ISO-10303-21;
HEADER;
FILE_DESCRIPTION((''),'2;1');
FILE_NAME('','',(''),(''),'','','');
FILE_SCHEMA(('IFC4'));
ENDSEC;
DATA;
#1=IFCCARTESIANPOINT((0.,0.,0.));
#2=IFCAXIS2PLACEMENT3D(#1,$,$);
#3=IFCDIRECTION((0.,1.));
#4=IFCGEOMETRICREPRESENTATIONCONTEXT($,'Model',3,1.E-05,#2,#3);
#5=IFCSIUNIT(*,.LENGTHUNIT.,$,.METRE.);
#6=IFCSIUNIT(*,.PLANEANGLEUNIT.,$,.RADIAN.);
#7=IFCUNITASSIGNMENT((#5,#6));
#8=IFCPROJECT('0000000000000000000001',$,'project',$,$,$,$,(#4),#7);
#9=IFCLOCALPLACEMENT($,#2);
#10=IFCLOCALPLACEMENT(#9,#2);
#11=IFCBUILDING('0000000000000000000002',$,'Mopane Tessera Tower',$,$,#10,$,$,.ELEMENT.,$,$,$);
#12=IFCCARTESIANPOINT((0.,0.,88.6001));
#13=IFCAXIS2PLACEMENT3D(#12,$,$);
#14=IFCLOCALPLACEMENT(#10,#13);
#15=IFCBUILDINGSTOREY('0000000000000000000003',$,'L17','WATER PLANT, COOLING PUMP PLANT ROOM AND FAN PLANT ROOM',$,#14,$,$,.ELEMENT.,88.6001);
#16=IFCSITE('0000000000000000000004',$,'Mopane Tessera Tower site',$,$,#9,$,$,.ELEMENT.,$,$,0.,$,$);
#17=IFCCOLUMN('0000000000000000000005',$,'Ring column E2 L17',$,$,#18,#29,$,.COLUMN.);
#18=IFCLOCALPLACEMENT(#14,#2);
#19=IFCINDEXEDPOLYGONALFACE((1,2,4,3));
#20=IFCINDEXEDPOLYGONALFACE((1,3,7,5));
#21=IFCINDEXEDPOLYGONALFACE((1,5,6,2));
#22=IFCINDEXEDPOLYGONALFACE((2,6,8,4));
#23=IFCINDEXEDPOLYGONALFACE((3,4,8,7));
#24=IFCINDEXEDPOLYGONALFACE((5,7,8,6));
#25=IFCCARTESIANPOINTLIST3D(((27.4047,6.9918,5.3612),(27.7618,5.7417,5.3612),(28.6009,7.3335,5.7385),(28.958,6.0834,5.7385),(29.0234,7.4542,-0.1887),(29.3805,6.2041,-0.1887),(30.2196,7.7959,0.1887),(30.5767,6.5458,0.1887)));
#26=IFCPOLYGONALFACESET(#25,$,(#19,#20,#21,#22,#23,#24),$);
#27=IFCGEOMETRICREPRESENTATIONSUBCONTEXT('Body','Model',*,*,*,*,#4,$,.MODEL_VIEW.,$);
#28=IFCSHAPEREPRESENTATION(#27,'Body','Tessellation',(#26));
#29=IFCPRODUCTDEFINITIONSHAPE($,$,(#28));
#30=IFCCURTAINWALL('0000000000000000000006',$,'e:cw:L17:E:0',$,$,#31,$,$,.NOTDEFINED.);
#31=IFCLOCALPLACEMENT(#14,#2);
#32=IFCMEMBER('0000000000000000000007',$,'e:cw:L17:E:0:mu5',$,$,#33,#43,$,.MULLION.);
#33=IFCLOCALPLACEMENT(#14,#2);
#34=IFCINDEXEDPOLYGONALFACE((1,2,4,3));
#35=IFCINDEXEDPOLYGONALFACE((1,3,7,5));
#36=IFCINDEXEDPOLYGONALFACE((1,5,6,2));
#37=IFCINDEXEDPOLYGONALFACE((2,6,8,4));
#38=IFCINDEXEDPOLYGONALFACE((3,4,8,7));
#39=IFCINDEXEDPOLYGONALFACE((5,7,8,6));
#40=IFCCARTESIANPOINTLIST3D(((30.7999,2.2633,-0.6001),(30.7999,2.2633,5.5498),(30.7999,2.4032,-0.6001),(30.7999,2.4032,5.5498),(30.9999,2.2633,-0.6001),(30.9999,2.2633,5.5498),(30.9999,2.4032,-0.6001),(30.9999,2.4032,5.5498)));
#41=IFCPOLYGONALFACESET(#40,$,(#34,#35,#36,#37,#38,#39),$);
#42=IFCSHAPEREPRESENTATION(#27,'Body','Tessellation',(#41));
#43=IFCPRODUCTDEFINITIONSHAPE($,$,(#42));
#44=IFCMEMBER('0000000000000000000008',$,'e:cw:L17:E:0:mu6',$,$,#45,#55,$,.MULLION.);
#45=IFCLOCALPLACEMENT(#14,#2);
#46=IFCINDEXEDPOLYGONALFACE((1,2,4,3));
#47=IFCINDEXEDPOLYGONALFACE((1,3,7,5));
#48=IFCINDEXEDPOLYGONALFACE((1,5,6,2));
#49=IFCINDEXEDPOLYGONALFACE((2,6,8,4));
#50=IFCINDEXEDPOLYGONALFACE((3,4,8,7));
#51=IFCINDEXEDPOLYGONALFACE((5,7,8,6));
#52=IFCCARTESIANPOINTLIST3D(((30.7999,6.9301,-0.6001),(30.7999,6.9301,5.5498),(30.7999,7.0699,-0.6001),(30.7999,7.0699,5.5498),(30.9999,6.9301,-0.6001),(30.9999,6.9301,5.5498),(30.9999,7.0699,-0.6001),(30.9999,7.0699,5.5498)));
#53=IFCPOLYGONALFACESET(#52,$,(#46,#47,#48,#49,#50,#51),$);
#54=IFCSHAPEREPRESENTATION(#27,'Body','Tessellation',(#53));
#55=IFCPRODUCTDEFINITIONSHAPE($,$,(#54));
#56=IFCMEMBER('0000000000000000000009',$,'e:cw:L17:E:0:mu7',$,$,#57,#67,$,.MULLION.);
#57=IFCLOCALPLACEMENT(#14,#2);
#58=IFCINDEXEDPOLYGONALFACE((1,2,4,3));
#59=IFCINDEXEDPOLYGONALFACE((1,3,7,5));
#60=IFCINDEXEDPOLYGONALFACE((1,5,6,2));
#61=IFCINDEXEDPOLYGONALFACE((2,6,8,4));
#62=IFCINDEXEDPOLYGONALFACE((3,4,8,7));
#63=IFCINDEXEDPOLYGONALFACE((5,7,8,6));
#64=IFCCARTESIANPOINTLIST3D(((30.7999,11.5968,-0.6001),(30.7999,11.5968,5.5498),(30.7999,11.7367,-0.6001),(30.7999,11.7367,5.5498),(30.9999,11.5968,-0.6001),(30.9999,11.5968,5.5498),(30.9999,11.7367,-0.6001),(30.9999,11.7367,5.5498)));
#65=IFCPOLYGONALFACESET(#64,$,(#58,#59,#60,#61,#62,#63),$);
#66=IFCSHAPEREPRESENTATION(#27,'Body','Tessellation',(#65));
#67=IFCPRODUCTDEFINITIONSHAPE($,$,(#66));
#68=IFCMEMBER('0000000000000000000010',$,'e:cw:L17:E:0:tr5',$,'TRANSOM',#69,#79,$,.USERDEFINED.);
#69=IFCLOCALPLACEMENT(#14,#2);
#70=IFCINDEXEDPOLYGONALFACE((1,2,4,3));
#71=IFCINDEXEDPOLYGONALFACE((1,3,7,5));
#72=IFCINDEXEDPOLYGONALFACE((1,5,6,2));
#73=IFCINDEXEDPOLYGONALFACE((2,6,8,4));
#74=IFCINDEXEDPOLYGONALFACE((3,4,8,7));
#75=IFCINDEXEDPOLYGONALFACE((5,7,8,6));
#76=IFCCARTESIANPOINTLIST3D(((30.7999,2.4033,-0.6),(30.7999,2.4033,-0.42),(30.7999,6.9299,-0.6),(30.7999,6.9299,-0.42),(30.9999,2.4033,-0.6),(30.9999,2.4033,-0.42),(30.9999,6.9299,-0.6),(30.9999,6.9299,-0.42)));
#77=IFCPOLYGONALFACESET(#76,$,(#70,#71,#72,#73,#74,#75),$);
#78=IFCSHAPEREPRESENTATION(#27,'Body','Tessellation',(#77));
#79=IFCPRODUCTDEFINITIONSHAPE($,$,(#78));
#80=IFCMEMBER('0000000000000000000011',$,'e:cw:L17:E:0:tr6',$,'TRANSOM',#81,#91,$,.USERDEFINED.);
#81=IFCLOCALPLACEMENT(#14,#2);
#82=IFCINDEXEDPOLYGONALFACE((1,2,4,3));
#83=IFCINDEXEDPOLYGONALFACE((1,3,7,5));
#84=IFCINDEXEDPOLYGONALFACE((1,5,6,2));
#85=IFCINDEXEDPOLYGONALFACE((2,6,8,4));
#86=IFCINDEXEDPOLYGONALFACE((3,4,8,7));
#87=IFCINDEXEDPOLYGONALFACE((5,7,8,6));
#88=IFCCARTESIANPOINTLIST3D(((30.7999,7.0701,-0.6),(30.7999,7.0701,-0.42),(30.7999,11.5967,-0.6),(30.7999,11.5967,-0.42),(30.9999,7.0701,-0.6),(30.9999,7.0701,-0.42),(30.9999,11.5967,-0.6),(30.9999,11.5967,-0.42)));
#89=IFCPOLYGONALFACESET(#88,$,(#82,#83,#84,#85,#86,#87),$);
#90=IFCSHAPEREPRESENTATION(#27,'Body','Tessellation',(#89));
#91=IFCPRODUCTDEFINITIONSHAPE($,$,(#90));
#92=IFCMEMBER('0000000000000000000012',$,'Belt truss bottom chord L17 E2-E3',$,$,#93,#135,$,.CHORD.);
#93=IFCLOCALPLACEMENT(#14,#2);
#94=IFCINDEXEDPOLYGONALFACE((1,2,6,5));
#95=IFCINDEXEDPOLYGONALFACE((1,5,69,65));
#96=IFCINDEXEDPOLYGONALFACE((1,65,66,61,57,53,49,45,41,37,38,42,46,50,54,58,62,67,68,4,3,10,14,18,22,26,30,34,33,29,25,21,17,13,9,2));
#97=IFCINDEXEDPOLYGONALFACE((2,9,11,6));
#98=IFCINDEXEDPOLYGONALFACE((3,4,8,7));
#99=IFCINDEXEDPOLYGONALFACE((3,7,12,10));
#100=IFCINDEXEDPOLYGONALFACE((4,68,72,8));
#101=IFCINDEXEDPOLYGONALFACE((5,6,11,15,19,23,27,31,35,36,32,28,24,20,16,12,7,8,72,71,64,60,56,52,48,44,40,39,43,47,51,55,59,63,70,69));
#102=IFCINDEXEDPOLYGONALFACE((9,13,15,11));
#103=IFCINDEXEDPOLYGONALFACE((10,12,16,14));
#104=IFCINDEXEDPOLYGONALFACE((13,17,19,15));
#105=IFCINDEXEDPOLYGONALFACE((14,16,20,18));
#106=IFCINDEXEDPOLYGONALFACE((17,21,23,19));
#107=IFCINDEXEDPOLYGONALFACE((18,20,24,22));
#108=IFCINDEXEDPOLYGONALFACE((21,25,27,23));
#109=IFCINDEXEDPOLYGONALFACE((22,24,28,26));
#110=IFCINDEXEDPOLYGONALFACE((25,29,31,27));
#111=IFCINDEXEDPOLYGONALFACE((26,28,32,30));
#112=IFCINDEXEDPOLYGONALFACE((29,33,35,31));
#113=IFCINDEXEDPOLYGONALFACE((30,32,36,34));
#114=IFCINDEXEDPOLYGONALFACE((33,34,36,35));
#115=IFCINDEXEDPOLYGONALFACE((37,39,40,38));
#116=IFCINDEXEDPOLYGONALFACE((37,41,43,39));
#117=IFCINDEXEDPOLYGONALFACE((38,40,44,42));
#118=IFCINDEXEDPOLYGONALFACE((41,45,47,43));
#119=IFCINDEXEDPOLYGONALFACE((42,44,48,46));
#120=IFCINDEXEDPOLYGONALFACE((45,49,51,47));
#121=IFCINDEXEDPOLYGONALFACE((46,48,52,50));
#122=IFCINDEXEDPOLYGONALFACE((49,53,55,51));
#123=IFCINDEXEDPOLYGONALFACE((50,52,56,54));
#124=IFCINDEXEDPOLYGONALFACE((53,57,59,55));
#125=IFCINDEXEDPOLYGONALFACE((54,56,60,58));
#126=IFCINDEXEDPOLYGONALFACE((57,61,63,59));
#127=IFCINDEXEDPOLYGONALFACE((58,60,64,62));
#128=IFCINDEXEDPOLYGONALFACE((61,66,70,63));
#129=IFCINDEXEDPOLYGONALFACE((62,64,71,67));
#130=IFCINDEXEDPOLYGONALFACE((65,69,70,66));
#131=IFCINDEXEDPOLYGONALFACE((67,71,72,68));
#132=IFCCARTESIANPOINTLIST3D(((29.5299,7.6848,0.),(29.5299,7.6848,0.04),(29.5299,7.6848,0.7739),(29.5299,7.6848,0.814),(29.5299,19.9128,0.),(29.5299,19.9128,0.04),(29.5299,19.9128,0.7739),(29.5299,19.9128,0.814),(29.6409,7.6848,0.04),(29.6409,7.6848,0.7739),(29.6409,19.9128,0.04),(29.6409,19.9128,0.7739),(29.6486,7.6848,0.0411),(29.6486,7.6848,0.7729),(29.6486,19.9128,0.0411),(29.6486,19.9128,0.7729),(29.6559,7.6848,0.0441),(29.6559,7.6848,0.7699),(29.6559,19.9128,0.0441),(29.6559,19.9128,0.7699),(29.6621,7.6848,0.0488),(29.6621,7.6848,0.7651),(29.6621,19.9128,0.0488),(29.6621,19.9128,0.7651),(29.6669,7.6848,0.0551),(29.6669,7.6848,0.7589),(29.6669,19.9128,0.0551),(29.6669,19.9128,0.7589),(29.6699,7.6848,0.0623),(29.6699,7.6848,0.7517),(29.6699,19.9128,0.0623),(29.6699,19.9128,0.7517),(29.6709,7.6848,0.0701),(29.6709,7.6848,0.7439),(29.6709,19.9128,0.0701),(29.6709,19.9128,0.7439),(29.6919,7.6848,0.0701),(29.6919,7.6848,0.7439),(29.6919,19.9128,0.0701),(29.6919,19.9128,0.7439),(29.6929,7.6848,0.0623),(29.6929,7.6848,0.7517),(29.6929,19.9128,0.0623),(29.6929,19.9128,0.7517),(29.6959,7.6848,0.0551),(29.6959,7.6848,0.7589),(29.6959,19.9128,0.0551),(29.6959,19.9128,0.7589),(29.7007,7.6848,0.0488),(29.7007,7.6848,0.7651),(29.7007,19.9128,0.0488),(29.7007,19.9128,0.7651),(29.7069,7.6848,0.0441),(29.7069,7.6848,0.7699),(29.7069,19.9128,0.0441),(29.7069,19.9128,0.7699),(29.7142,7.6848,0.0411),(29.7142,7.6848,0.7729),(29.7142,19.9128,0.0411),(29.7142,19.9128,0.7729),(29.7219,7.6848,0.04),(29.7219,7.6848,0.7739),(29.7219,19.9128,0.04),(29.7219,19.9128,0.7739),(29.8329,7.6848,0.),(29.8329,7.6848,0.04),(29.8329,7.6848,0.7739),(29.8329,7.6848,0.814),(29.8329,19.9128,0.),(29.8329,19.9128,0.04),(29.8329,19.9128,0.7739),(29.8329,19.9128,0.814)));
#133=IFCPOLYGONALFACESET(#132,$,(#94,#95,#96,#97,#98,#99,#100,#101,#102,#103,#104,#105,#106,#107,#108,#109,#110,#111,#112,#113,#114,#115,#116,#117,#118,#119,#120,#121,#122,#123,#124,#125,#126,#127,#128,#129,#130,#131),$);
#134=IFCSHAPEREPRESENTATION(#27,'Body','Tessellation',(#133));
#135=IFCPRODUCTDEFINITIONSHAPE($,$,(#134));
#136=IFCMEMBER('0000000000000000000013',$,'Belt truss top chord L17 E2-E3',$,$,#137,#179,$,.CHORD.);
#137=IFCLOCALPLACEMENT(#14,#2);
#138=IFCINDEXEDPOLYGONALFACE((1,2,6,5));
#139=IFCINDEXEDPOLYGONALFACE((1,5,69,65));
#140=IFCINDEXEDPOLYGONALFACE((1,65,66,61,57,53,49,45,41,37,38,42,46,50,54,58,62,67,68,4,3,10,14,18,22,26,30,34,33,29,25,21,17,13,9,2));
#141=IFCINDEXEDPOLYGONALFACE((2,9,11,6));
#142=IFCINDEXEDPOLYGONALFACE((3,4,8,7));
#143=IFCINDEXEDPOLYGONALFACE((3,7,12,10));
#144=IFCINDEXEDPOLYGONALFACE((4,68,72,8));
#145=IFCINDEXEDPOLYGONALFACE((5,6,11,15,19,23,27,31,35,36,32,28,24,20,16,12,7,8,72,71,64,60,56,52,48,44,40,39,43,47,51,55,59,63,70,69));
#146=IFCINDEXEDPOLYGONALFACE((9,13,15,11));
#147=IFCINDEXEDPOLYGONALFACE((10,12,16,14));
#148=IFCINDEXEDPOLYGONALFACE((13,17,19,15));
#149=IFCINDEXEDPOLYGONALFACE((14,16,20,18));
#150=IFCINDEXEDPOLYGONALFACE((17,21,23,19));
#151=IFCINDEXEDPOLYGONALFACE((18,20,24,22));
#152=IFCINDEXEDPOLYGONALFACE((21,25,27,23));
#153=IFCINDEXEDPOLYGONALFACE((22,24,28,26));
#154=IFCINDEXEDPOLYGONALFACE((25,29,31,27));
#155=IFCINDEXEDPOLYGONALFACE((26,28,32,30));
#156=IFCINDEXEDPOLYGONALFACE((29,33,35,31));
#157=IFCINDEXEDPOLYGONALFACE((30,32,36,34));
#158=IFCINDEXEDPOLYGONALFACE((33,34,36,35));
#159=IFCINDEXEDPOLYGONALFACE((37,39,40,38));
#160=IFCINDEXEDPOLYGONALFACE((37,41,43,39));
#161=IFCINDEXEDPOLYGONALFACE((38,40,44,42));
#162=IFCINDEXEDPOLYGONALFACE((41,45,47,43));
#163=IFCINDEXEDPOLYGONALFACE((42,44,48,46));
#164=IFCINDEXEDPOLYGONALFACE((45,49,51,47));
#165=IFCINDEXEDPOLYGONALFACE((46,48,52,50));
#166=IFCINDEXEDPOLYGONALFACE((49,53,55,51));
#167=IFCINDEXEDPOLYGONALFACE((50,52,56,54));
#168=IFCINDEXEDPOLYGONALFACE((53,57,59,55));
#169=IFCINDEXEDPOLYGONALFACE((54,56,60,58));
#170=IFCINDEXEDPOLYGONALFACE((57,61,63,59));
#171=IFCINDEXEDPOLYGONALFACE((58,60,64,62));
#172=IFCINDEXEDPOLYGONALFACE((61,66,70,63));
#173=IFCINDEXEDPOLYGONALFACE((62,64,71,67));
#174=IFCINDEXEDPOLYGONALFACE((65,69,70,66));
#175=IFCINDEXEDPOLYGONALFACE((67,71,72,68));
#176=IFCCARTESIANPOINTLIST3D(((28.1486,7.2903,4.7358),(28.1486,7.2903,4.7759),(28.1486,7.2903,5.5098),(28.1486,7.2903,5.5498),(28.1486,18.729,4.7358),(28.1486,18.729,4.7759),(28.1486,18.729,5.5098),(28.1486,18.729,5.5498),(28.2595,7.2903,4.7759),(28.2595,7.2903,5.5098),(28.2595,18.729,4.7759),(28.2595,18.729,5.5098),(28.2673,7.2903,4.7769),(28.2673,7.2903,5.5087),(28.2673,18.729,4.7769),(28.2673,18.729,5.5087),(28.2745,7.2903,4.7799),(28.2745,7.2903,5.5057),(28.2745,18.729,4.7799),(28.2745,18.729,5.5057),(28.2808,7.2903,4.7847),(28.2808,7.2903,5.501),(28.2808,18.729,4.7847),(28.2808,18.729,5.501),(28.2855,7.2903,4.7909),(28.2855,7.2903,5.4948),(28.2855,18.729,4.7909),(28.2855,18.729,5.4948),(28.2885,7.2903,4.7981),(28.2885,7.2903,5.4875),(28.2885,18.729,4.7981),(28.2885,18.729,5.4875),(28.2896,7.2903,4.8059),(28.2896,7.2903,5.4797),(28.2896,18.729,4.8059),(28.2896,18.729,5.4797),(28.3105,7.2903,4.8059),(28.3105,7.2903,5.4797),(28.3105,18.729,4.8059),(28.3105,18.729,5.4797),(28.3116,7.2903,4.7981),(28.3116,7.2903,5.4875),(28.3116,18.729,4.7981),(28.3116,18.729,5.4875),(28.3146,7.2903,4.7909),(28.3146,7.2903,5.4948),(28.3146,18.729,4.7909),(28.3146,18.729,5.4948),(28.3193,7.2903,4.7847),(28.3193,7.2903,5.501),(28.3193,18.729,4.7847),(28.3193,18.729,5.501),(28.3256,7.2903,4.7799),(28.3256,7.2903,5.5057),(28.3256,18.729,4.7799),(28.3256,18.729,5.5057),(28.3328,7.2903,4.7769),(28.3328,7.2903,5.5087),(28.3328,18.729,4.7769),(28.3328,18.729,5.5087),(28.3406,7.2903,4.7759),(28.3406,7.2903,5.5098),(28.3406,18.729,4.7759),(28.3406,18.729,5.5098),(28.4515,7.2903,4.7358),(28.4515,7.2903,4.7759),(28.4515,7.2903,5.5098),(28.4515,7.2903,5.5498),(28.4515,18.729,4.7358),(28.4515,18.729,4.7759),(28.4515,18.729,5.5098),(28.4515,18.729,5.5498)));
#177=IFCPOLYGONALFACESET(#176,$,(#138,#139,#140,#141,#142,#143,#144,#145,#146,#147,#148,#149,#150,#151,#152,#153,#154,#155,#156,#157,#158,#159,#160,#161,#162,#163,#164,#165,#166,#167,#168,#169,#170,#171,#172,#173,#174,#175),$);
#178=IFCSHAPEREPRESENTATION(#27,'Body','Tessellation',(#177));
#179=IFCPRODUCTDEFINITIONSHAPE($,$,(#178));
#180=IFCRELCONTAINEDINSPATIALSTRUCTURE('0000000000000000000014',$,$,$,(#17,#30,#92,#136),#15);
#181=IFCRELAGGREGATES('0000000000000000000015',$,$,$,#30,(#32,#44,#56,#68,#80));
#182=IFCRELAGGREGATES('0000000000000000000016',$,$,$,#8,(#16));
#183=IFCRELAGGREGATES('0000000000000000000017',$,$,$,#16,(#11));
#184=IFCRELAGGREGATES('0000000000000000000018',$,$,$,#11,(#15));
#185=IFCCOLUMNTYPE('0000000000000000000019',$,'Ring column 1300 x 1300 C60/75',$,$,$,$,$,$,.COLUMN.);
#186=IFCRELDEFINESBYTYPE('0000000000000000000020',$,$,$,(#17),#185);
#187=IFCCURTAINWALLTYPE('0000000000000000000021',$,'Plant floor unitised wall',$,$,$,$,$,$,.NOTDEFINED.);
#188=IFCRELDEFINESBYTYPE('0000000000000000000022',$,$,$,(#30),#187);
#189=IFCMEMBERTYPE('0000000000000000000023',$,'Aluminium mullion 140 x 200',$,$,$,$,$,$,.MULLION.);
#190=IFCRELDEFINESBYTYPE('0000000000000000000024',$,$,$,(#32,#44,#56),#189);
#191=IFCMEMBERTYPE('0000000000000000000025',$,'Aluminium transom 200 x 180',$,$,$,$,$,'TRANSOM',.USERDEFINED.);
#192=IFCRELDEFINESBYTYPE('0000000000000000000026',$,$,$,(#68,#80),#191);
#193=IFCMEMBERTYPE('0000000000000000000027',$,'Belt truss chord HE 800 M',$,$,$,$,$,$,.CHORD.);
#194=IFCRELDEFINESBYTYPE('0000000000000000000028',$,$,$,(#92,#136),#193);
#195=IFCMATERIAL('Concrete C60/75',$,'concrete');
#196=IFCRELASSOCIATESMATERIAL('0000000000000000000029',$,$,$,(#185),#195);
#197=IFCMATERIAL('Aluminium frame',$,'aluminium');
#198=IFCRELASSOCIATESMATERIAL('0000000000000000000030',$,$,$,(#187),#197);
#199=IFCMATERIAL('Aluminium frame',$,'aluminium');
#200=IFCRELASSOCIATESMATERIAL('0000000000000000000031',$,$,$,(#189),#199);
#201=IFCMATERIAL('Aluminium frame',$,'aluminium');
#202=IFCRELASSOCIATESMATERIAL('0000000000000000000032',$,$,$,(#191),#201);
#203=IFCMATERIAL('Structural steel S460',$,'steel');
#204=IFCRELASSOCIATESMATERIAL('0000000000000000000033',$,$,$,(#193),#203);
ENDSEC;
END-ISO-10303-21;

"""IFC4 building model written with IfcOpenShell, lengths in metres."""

from ifc_helpers import new_model, si_unit, direction, frame, origin, origin_2d, place, context, subcontext, project, spatial, rectangle, i_section, extrude, material, material_profile, profile_set, type_object, element, aggregate, save


model = new_model("IFC4")

# Units and contexts
model_context = context("Model", 3, precision=1e-05, world=origin(), true_north=direction((0.0, 1.0)))
body_context = subcontext(model_context, "Body", "Model", "MODEL_VIEW")
ifc_project = project(units=[si_unit("LENGTHUNIT", "METRE"), si_unit("PLANEANGLEUNIT", "RADIAN")], contexts=[model_context])

# Site, building, storey
site_placement = place(None, origin())
site = spatial("IfcSite", under=ifc_project, at=site_placement, Name="Mopane Tessera Tower site", CompositionType="ELEMENT", RefElevation=0.0)
building_placement = place(site_placement, origin())
building = spatial("IfcBuilding", under=site, at=building_placement, Name="Mopane Tessera Tower", CompositionType="ELEMENT")
storey_placement = place(building_placement, frame((0.0, 0.0, 88.6001)))
storey = spatial("IfcBuildingStorey", under=building, at=storey_placement, Name="L17", Description="WATER PLANT, COOLING PUMP PLANT ROOM AND FAN PLANT ROOM", CompositionType="ELEMENT", Elevation=88.6001)

# Column
ifc_material_1 = material(Name="Concrete C60/75", Category="concrete")
ifc_material_profile_1 = material_profile(ifc_material_1, rectangle(XDim=1.3, YDim=1.3, at=origin_2d()))
ifc_profile_set_1 = profile_set([ifc_material_profile_1], Name="Concrete C60/75")
column_type = type_object("IfcColumnType", Name="Ring column 1300 x 1300 C60/75", PredefinedType="COLUMN", material=ifc_profile_set_1)
column_placement = place(storey_placement, frame((29.8, 7.0, 0.0), z_axis=(-0.279102, -0.079731, 0.956946), x_axis=(0.274683, -0.961535, 0.0)))
element("IfcColumn", 1, at=column_placement, inside=storey, type_object=column_type, Name="Ring column E2 L17", PredefinedType="COLUMN", context=body_context, shape_type="SweptSolid", body=[
    extrude(rectangle(XDim=1.3, YDim=1.3, at=origin_2d()), origin(), (0.0, 0.0, 1.0), 5.7996),
])

# Curtain wall, members
ifc_material_2 = material(Name="Aluminium frame", Category="aluminium")
curtain_wall_type = type_object("IfcCurtainWallType", Name="Plant floor unitised wall", PredefinedType="NOTDEFINED", material=ifc_material_2)
curtain_wall_placement = place(storey_placement, origin())
curtain_wall = element("IfcCurtainWall", 2, at=curtain_wall_placement, inside=storey, type_object=curtain_wall_type, Name="e:cw:L17:E:0", PredefinedType="NOTDEFINED")
ifc_material_3 = material(Name="Aluminium frame", Category="aluminium")
ifc_material_profile_2 = material_profile(ifc_material_3, rectangle(XDim=0.1399, YDim=0.2, at=origin_2d()))
ifc_profile_set_2 = profile_set([ifc_material_profile_2], Name="Aluminium frame")
member_type_1 = type_object("IfcMemberType", Name="Aluminium mullion 140 x 200", PredefinedType="MULLION", material=ifc_profile_set_2)
member_1_placement = place(storey_placement, frame((30.8999, 2.3333, -0.6001), z_axis=(0.0, 0.0, 1.0), x_axis=(0.0, 1.0, 0.0)))
member_1 = element("IfcMember", 3, at=member_1_placement, type_object=member_type_1, Name="e:cw:L17:E:0:mu5", PredefinedType="MULLION", context=body_context, shape_type="SweptSolid", body=[
    extrude(rectangle(XDim=0.1399, YDim=0.2, at=origin_2d()), origin(), (0.0, 0.0, 1.0), 6.1499),
])
member_2_placement = place(storey_placement, frame((30.8999, 7.0, -0.6001), z_axis=(0.0, 0.0, 1.0), x_axis=(0.0, 1.0, 0.0)))
member_2 = element("IfcMember", 4, at=member_2_placement, type_object=member_type_1, Name="e:cw:L17:E:0:mu6", PredefinedType="MULLION", context=body_context, shape_type="SweptSolid", body=[
    extrude(rectangle(XDim=0.1399, YDim=0.2, at=origin_2d()), origin(), (0.0, 0.0, 1.0), 6.1499),
])
member_3_placement = place(storey_placement, frame((30.8999, 11.6667, -0.6001), z_axis=(0.0, 0.0, 1.0), x_axis=(0.0, 1.0, 0.0)))
member_3 = element("IfcMember", 5, at=member_3_placement, type_object=member_type_1, Name="e:cw:L17:E:0:mu7", PredefinedType="MULLION", context=body_context, shape_type="SweptSolid", body=[
    extrude(rectangle(XDim=0.1399, YDim=0.2, at=origin_2d()), origin(), (0.0, 0.0, 1.0), 6.1499),
])
ifc_material_4 = material(Name="Aluminium frame", Category="aluminium")
ifc_material_profile_3 = material_profile(ifc_material_4, rectangle(XDim=0.2, YDim=0.1799, at=origin_2d()))
ifc_profile_set_3 = profile_set([ifc_material_profile_3], Name="Aluminium frame")
member_type_2 = type_object("IfcMemberType", Name="Aluminium transom 200 x 180", ElementType="TRANSOM", PredefinedType="USERDEFINED", material=ifc_profile_set_3)
member_4_placement = place(storey_placement, frame((30.8999, 2.4033, -0.51), z_axis=(0.0, 1.0, 0.0), x_axis=(-1.0, 0.0, 0.0)))
member_4 = element("IfcMember", 6, at=member_4_placement, type_object=member_type_2, Name="e:cw:L17:E:0:tr5", ObjectType="TRANSOM", PredefinedType="USERDEFINED", context=body_context, shape_type="SweptSolid", body=[
    extrude(rectangle(XDim=0.2, YDim=0.1799, at=origin_2d()), origin(), (0.0, 0.0, 1.0), 4.5266),
])
member_5_placement = place(storey_placement, frame((30.8999, 7.0701, -0.51), z_axis=(0.0, 1.0, 0.0), x_axis=(-1.0, 0.0, 0.0)))
member_5 = element("IfcMember", 7, at=member_5_placement, type_object=member_type_2, Name="e:cw:L17:E:0:tr6", ObjectType="TRANSOM", PredefinedType="USERDEFINED", context=body_context, shape_type="SweptSolid", body=[
    extrude(rectangle(XDim=0.2, YDim=0.1799, at=origin_2d()), origin(), (0.0, 0.0, 1.0), 4.5266),
])

# Members
ifc_material_5 = material(Name="Structural steel S460", Category="steel")
ifc_material_profile_4 = material_profile(ifc_material_5, i_section(OverallWidth=0.303, OverallDepth=0.814, WebThickness=0.021, FlangeThickness=0.04, FilletRadius=0.03, at=origin_2d()))
ifc_profile_set_4 = profile_set([ifc_material_profile_4], Name="Structural steel S460")
member_type_3 = type_object("IfcMemberType", Name="Belt truss chord HE 800 M", PredefinedType="CHORD", material=ifc_profile_set_4)
member_6_placement = place(storey_placement, frame((29.6814, 7.6848, 0.407), z_axis=(0.0, 1.0, 0.0), x_axis=(-1.0, 0.0, 0.0)))
element("IfcMember", 8, at=member_6_placement, inside=storey, type_object=member_type_3, Name="Belt truss bottom chord L17 E2-E3", PredefinedType="CHORD", context=body_context, shape_type="SweptSolid", body=[
    extrude(i_section(OverallWidth=0.303, OverallDepth=0.814, WebThickness=0.021, FlangeThickness=0.04, FilletRadius=0.03, at=origin_2d()), origin(), (0.0, 0.0, 1.0), 12.228),
])
member_7_placement = place(storey_placement, frame((28.3, 7.2903, 5.1428), z_axis=(0.0, 1.0, 0.0), x_axis=(-1.0, 0.0, 0.0)))
element("IfcMember", 9, at=member_7_placement, inside=storey, type_object=member_type_3, Name="Belt truss top chord L17 E2-E3", PredefinedType="CHORD", context=body_context, shape_type="SweptSolid", body=[
    extrude(i_section(OverallWidth=0.303, OverallDepth=0.814, WebThickness=0.021, FlangeThickness=0.04, FilletRadius=0.03, at=origin_2d()), origin(), (0.0, 0.0, 1.0), 11.4387),
])

aggregate(curtain_wall, [member_1, member_2, member_3, member_4, member_5])

save(model, "model.ifc")
